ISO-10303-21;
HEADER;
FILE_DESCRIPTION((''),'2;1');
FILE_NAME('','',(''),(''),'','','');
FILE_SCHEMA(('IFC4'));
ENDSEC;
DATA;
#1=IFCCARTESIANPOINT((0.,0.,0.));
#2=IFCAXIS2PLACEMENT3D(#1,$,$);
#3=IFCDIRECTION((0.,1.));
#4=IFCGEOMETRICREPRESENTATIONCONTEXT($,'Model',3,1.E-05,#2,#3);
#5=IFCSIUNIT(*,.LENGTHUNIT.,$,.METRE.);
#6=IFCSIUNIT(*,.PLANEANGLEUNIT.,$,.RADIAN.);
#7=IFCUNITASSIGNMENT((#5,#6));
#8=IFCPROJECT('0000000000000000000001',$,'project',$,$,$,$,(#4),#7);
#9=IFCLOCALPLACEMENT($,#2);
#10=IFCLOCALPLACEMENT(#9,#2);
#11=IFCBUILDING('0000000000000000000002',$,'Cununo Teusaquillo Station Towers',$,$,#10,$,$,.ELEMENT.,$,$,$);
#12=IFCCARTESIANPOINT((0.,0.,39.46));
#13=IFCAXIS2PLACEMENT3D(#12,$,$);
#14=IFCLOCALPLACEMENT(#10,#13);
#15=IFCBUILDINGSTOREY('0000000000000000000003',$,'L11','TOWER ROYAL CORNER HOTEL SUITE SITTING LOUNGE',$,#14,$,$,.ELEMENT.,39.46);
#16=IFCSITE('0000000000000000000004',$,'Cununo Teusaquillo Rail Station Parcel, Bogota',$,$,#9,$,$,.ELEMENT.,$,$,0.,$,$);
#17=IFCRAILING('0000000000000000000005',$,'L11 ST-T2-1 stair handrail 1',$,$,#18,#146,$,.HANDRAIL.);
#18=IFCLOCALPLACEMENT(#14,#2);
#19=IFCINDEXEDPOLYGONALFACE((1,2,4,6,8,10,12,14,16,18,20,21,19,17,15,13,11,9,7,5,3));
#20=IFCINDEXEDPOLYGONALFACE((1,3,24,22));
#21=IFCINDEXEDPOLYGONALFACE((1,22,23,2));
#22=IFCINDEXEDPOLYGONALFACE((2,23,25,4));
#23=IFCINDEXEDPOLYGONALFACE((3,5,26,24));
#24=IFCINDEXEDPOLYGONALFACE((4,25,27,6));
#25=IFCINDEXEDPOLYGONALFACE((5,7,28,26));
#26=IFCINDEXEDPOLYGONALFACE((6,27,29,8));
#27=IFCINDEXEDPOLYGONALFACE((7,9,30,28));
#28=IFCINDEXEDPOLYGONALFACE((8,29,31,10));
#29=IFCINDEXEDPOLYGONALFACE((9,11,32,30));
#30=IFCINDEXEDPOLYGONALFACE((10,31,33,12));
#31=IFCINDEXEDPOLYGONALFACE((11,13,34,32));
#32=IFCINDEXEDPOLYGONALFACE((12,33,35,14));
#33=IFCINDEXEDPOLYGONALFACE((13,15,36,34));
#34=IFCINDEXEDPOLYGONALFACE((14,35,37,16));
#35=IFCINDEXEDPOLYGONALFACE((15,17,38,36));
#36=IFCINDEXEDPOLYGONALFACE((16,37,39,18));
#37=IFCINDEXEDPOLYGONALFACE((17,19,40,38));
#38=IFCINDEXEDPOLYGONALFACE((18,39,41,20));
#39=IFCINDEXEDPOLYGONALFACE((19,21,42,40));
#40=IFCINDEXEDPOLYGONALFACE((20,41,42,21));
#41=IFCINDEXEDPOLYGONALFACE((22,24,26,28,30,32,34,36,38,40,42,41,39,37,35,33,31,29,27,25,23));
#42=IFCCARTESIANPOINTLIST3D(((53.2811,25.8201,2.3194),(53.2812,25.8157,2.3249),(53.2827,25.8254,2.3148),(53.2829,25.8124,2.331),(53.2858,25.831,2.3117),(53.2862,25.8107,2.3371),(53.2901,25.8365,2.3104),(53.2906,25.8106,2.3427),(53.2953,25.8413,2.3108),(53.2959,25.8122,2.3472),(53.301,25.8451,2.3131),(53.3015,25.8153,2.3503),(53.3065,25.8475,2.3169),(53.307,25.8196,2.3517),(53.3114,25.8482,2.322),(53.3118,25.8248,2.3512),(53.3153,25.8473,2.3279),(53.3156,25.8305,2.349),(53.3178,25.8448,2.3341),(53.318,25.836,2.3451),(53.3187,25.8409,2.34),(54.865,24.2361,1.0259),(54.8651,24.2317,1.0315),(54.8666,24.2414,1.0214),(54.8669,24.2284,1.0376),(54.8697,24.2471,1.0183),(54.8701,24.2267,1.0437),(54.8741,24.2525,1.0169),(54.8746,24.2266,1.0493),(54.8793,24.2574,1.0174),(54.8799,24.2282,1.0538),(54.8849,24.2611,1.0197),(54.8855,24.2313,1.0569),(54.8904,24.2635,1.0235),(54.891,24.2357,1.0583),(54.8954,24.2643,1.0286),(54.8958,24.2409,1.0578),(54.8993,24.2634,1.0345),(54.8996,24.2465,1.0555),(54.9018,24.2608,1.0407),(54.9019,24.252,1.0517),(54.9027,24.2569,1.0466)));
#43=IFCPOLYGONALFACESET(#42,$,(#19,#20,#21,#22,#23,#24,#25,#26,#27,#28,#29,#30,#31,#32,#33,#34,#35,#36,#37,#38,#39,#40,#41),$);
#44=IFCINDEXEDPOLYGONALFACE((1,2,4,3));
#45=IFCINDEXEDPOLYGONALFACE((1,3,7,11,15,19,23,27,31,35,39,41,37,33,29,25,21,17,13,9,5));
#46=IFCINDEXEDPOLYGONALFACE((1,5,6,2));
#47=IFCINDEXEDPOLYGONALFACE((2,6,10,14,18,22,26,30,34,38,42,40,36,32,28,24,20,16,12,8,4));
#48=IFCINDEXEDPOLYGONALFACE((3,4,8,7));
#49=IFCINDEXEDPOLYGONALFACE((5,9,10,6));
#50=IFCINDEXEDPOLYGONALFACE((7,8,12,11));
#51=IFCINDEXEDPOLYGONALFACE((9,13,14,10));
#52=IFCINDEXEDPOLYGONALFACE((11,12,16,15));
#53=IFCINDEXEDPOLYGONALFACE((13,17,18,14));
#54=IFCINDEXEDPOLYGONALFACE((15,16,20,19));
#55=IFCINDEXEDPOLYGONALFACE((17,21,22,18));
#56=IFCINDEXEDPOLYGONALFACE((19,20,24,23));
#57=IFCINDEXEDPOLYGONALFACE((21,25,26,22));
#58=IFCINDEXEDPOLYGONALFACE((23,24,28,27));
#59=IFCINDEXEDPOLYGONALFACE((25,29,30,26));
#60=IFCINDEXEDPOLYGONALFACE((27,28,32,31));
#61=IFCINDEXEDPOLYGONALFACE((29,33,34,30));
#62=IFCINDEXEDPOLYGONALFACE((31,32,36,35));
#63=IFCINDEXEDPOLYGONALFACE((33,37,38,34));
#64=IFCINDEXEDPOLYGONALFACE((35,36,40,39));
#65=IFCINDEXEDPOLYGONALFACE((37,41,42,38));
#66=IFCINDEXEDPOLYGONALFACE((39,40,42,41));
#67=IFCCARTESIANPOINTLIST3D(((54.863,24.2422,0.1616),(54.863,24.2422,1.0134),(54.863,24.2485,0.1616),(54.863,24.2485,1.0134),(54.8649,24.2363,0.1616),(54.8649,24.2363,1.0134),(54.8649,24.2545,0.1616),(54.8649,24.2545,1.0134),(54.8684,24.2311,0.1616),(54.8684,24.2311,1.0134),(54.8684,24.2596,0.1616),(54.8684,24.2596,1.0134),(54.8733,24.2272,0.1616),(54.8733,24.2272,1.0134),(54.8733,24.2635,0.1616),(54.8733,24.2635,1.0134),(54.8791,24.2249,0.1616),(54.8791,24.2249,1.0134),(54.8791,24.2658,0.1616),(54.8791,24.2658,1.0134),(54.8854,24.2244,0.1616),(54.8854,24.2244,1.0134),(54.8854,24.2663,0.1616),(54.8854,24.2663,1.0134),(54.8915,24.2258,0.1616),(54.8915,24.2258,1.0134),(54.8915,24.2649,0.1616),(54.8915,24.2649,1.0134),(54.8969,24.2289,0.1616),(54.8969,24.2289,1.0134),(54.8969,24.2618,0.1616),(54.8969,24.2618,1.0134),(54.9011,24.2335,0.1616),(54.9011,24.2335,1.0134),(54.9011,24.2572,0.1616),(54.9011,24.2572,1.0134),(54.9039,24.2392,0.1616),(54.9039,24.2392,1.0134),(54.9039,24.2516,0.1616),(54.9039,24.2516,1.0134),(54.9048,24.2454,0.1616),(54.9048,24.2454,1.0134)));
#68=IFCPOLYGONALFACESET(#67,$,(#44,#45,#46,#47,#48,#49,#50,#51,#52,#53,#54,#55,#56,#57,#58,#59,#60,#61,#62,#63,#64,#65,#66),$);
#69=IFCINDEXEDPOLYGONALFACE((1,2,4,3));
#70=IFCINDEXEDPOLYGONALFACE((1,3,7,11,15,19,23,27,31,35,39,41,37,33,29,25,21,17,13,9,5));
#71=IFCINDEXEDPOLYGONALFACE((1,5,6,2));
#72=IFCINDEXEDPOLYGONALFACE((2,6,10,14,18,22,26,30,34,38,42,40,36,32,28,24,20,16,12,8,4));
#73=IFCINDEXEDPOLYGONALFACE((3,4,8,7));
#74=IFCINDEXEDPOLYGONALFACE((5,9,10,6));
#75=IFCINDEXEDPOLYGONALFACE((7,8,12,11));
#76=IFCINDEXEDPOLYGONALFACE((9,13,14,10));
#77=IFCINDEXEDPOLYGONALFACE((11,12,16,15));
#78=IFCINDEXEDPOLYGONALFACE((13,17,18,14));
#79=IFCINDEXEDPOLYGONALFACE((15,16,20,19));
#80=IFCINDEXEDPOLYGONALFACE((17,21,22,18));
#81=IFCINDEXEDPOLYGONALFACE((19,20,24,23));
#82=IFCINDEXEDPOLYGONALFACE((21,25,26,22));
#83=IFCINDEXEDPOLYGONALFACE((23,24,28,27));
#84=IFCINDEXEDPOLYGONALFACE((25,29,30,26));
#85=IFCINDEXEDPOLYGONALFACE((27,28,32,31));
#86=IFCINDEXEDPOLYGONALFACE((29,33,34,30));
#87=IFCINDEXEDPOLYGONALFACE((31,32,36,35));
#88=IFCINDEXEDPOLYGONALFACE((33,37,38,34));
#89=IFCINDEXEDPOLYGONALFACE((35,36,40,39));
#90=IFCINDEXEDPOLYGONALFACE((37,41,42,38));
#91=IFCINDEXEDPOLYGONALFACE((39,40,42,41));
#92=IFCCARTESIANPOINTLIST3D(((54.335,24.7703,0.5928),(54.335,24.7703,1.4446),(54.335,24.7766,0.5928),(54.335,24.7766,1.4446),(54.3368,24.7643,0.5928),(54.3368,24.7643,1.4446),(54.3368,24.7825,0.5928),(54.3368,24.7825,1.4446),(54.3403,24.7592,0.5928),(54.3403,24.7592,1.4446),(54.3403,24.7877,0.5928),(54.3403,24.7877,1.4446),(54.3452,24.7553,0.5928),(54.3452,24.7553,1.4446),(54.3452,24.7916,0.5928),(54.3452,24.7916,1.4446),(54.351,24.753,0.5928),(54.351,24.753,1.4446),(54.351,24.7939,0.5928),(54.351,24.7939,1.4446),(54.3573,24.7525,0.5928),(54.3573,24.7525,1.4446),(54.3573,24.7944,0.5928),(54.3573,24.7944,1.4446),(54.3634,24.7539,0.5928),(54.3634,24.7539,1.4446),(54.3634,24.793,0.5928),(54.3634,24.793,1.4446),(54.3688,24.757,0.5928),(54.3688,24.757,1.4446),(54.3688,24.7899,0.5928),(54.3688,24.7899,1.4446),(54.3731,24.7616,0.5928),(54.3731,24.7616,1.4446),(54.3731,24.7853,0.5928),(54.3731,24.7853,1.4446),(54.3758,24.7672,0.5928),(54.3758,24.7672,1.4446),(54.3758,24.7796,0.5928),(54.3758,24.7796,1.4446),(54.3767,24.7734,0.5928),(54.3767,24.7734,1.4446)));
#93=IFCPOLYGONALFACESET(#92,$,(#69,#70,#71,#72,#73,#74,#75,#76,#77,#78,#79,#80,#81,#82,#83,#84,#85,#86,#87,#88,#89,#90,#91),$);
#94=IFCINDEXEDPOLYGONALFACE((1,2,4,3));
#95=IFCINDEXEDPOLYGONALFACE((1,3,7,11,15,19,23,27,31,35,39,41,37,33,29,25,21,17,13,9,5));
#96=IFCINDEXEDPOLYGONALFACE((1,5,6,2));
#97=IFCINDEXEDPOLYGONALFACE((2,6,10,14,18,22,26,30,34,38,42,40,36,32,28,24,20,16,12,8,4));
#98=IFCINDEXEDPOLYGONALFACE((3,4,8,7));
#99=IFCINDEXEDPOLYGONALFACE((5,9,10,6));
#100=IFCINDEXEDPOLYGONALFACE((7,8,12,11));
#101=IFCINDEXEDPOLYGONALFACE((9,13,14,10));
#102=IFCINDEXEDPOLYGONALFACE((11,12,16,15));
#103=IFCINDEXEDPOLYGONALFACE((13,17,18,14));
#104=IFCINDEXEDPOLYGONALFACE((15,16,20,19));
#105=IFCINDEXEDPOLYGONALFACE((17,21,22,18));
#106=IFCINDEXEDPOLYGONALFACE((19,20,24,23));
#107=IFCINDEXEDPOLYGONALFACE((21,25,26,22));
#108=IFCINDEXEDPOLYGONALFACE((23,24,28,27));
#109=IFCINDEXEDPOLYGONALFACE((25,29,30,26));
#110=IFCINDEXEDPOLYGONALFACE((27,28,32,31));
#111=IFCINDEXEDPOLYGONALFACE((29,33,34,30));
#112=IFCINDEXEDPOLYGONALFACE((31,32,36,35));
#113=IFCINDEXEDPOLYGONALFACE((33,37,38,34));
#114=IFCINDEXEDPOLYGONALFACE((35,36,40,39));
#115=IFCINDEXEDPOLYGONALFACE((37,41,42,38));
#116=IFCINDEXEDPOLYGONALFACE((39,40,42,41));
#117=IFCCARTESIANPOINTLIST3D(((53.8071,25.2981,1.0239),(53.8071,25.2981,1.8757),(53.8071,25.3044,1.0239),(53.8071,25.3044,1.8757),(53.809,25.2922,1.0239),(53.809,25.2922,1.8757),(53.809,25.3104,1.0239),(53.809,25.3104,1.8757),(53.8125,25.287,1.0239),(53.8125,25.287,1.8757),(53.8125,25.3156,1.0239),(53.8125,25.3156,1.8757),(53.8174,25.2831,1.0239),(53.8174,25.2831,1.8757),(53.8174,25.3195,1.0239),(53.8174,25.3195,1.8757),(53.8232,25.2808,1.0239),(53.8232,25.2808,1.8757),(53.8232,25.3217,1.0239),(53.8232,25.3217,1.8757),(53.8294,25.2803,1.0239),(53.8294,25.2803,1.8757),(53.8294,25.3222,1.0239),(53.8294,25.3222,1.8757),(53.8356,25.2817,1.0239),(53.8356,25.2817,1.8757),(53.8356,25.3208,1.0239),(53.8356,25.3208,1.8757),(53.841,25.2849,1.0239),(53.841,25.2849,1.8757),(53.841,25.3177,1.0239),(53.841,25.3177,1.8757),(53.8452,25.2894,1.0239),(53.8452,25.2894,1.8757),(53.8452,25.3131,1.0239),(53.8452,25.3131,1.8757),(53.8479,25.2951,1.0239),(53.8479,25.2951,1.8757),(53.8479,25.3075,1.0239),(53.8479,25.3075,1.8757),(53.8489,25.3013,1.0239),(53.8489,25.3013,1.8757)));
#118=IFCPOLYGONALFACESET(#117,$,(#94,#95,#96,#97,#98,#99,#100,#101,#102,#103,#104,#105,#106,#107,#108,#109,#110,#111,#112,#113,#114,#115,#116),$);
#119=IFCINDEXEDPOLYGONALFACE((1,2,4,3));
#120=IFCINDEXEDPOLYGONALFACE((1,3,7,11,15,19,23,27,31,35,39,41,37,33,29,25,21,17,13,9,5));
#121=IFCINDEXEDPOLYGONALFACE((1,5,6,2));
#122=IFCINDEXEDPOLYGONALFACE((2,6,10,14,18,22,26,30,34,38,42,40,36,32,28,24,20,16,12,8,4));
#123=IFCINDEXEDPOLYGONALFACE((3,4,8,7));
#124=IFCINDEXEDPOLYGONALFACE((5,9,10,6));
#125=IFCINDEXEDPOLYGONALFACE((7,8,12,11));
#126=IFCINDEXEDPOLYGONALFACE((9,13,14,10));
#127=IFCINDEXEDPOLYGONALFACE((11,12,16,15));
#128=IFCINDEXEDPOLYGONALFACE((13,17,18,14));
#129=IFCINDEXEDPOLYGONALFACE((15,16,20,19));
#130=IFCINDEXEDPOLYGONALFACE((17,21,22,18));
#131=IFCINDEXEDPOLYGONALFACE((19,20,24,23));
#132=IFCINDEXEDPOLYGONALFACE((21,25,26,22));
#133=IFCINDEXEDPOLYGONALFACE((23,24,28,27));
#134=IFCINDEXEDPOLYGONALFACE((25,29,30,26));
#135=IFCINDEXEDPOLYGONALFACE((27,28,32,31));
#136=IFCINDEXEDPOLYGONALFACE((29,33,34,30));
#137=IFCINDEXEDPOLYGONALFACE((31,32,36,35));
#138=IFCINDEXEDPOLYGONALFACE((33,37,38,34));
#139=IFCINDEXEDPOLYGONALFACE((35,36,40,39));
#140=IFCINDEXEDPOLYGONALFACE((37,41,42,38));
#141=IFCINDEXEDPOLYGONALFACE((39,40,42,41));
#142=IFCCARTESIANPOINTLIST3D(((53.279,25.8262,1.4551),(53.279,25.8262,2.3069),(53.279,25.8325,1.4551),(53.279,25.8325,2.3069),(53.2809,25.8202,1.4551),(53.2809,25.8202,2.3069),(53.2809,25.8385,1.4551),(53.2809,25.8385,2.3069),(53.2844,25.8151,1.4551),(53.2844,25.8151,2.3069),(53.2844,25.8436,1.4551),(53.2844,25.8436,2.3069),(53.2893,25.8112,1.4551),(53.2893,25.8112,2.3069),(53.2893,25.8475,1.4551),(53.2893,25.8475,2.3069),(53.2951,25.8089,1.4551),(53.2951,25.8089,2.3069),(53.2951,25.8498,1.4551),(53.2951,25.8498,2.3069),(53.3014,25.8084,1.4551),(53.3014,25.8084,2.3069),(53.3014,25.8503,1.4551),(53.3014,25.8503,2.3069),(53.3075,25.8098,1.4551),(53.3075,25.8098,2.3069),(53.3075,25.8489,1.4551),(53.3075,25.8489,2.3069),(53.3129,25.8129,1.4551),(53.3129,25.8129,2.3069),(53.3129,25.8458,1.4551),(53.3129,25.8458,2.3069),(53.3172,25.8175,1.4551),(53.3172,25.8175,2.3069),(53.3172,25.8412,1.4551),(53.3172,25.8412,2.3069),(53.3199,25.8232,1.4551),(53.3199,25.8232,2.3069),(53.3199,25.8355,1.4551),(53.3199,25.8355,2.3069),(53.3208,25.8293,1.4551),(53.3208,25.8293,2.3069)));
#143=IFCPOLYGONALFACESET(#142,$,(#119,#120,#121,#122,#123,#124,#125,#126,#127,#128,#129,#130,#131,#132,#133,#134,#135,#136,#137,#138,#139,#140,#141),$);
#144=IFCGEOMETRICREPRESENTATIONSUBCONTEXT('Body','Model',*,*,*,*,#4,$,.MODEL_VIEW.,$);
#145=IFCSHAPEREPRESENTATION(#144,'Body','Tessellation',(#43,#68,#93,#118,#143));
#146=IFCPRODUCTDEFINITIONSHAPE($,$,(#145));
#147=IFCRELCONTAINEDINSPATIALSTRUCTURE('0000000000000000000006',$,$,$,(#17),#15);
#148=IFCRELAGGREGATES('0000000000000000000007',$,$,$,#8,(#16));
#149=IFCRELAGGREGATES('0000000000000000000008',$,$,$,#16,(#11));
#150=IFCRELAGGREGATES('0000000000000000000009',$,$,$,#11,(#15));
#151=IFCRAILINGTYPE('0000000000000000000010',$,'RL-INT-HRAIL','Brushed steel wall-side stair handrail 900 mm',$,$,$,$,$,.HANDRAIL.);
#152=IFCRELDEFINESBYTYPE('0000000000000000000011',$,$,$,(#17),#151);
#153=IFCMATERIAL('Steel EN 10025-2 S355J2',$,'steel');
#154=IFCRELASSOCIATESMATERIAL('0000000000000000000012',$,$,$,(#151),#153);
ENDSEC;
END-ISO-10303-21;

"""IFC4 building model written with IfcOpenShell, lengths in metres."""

from ifc_helpers import new_model, si_unit, direction, frame, origin, origin_2d, place, context, subcontext, project, spatial, circle, extrude, material, type_object, element, save


model = new_model("IFC4")

# Units and contexts
model_context = context("Model", 3, precision=1e-05, world=origin(), true_north=direction((0.0, 1.0)))
body_context = subcontext(model_context, "Body", "Model", "MODEL_VIEW")
ifc_project = project(units=[si_unit("LENGTHUNIT", "METRE"), si_unit("PLANEANGLEUNIT", "RADIAN")], contexts=[model_context])

# Site, building, storey
site_placement = place(None, origin())
site = spatial("IfcSite", under=ifc_project, at=site_placement, Name="Cununo Teusaquillo Rail Station Parcel, Bogota", CompositionType="ELEMENT", RefElevation=0.0)
building_placement = place(site_placement, origin())
building = spatial("IfcBuilding", under=site, at=building_placement, Name="Cununo Teusaquillo Station Towers", CompositionType="ELEMENT")
storey_placement = place(building_placement, frame((0.0, 0.0, 39.46)))
storey = spatial("IfcBuildingStorey", under=building, at=storey_placement, Name="L11", Description="TOWER ROYAL CORNER HOTEL SUITE SITTING LOUNGE", CompositionType="ELEMENT", Elevation=39.46)

# Railing
ifc_material_1 = material(Name="Steel EN 10025-2 S355J2", Category="steel")
railing_type_1 = type_object("IfcRailingType", Name="RL-INT-HRAIL", Description="Brushed steel wall-side stair handrail 900 mm", PredefinedType="HANDRAIL", material=ifc_material_1)
railing_1_placement = place(storey_placement, frame((54.8838, 24.2454, 0.1616)))
element("IfcRailing", 1, at=railing_1_placement, inside=storey, type_object=railing_type_1, Name="L11 ST-T2-1 stair handrail 1", PredefinedType="HANDRAIL", context=body_context, shape_type="SweptSolid", body=[
    extrude(circle(Radius=0.0239, at=origin_2d()), frame((0.0, 0.0, 0.876), z_axis=(-0.612356, 0.612356, 0.50004), x_axis=(-0.707107, -0.707107, 0.0)), (0.0, 0.0, 1.0), 2.5867),
    extrude(circle(Radius=0.021, at=origin_2d()), origin(), (0.0, 0.0, 1.0), 0.8518),
    extrude(circle(Radius=0.021, at=origin_2d()), frame((-0.5281, 0.5281, 0.4312)), (0.0, 0.0, 1.0), 0.8518),
    extrude(circle(Radius=0.021, at=origin_2d()), frame((-1.0559, 1.0559, 0.8623)), (0.0, 0.0, 1.0), 0.8518),
    extrude(circle(Radius=0.021, at=origin_2d()), frame((-1.584, 1.584, 1.2935)), (0.0, 0.0, 1.0), 0.8518),
])

save(model, "model.ifc")
